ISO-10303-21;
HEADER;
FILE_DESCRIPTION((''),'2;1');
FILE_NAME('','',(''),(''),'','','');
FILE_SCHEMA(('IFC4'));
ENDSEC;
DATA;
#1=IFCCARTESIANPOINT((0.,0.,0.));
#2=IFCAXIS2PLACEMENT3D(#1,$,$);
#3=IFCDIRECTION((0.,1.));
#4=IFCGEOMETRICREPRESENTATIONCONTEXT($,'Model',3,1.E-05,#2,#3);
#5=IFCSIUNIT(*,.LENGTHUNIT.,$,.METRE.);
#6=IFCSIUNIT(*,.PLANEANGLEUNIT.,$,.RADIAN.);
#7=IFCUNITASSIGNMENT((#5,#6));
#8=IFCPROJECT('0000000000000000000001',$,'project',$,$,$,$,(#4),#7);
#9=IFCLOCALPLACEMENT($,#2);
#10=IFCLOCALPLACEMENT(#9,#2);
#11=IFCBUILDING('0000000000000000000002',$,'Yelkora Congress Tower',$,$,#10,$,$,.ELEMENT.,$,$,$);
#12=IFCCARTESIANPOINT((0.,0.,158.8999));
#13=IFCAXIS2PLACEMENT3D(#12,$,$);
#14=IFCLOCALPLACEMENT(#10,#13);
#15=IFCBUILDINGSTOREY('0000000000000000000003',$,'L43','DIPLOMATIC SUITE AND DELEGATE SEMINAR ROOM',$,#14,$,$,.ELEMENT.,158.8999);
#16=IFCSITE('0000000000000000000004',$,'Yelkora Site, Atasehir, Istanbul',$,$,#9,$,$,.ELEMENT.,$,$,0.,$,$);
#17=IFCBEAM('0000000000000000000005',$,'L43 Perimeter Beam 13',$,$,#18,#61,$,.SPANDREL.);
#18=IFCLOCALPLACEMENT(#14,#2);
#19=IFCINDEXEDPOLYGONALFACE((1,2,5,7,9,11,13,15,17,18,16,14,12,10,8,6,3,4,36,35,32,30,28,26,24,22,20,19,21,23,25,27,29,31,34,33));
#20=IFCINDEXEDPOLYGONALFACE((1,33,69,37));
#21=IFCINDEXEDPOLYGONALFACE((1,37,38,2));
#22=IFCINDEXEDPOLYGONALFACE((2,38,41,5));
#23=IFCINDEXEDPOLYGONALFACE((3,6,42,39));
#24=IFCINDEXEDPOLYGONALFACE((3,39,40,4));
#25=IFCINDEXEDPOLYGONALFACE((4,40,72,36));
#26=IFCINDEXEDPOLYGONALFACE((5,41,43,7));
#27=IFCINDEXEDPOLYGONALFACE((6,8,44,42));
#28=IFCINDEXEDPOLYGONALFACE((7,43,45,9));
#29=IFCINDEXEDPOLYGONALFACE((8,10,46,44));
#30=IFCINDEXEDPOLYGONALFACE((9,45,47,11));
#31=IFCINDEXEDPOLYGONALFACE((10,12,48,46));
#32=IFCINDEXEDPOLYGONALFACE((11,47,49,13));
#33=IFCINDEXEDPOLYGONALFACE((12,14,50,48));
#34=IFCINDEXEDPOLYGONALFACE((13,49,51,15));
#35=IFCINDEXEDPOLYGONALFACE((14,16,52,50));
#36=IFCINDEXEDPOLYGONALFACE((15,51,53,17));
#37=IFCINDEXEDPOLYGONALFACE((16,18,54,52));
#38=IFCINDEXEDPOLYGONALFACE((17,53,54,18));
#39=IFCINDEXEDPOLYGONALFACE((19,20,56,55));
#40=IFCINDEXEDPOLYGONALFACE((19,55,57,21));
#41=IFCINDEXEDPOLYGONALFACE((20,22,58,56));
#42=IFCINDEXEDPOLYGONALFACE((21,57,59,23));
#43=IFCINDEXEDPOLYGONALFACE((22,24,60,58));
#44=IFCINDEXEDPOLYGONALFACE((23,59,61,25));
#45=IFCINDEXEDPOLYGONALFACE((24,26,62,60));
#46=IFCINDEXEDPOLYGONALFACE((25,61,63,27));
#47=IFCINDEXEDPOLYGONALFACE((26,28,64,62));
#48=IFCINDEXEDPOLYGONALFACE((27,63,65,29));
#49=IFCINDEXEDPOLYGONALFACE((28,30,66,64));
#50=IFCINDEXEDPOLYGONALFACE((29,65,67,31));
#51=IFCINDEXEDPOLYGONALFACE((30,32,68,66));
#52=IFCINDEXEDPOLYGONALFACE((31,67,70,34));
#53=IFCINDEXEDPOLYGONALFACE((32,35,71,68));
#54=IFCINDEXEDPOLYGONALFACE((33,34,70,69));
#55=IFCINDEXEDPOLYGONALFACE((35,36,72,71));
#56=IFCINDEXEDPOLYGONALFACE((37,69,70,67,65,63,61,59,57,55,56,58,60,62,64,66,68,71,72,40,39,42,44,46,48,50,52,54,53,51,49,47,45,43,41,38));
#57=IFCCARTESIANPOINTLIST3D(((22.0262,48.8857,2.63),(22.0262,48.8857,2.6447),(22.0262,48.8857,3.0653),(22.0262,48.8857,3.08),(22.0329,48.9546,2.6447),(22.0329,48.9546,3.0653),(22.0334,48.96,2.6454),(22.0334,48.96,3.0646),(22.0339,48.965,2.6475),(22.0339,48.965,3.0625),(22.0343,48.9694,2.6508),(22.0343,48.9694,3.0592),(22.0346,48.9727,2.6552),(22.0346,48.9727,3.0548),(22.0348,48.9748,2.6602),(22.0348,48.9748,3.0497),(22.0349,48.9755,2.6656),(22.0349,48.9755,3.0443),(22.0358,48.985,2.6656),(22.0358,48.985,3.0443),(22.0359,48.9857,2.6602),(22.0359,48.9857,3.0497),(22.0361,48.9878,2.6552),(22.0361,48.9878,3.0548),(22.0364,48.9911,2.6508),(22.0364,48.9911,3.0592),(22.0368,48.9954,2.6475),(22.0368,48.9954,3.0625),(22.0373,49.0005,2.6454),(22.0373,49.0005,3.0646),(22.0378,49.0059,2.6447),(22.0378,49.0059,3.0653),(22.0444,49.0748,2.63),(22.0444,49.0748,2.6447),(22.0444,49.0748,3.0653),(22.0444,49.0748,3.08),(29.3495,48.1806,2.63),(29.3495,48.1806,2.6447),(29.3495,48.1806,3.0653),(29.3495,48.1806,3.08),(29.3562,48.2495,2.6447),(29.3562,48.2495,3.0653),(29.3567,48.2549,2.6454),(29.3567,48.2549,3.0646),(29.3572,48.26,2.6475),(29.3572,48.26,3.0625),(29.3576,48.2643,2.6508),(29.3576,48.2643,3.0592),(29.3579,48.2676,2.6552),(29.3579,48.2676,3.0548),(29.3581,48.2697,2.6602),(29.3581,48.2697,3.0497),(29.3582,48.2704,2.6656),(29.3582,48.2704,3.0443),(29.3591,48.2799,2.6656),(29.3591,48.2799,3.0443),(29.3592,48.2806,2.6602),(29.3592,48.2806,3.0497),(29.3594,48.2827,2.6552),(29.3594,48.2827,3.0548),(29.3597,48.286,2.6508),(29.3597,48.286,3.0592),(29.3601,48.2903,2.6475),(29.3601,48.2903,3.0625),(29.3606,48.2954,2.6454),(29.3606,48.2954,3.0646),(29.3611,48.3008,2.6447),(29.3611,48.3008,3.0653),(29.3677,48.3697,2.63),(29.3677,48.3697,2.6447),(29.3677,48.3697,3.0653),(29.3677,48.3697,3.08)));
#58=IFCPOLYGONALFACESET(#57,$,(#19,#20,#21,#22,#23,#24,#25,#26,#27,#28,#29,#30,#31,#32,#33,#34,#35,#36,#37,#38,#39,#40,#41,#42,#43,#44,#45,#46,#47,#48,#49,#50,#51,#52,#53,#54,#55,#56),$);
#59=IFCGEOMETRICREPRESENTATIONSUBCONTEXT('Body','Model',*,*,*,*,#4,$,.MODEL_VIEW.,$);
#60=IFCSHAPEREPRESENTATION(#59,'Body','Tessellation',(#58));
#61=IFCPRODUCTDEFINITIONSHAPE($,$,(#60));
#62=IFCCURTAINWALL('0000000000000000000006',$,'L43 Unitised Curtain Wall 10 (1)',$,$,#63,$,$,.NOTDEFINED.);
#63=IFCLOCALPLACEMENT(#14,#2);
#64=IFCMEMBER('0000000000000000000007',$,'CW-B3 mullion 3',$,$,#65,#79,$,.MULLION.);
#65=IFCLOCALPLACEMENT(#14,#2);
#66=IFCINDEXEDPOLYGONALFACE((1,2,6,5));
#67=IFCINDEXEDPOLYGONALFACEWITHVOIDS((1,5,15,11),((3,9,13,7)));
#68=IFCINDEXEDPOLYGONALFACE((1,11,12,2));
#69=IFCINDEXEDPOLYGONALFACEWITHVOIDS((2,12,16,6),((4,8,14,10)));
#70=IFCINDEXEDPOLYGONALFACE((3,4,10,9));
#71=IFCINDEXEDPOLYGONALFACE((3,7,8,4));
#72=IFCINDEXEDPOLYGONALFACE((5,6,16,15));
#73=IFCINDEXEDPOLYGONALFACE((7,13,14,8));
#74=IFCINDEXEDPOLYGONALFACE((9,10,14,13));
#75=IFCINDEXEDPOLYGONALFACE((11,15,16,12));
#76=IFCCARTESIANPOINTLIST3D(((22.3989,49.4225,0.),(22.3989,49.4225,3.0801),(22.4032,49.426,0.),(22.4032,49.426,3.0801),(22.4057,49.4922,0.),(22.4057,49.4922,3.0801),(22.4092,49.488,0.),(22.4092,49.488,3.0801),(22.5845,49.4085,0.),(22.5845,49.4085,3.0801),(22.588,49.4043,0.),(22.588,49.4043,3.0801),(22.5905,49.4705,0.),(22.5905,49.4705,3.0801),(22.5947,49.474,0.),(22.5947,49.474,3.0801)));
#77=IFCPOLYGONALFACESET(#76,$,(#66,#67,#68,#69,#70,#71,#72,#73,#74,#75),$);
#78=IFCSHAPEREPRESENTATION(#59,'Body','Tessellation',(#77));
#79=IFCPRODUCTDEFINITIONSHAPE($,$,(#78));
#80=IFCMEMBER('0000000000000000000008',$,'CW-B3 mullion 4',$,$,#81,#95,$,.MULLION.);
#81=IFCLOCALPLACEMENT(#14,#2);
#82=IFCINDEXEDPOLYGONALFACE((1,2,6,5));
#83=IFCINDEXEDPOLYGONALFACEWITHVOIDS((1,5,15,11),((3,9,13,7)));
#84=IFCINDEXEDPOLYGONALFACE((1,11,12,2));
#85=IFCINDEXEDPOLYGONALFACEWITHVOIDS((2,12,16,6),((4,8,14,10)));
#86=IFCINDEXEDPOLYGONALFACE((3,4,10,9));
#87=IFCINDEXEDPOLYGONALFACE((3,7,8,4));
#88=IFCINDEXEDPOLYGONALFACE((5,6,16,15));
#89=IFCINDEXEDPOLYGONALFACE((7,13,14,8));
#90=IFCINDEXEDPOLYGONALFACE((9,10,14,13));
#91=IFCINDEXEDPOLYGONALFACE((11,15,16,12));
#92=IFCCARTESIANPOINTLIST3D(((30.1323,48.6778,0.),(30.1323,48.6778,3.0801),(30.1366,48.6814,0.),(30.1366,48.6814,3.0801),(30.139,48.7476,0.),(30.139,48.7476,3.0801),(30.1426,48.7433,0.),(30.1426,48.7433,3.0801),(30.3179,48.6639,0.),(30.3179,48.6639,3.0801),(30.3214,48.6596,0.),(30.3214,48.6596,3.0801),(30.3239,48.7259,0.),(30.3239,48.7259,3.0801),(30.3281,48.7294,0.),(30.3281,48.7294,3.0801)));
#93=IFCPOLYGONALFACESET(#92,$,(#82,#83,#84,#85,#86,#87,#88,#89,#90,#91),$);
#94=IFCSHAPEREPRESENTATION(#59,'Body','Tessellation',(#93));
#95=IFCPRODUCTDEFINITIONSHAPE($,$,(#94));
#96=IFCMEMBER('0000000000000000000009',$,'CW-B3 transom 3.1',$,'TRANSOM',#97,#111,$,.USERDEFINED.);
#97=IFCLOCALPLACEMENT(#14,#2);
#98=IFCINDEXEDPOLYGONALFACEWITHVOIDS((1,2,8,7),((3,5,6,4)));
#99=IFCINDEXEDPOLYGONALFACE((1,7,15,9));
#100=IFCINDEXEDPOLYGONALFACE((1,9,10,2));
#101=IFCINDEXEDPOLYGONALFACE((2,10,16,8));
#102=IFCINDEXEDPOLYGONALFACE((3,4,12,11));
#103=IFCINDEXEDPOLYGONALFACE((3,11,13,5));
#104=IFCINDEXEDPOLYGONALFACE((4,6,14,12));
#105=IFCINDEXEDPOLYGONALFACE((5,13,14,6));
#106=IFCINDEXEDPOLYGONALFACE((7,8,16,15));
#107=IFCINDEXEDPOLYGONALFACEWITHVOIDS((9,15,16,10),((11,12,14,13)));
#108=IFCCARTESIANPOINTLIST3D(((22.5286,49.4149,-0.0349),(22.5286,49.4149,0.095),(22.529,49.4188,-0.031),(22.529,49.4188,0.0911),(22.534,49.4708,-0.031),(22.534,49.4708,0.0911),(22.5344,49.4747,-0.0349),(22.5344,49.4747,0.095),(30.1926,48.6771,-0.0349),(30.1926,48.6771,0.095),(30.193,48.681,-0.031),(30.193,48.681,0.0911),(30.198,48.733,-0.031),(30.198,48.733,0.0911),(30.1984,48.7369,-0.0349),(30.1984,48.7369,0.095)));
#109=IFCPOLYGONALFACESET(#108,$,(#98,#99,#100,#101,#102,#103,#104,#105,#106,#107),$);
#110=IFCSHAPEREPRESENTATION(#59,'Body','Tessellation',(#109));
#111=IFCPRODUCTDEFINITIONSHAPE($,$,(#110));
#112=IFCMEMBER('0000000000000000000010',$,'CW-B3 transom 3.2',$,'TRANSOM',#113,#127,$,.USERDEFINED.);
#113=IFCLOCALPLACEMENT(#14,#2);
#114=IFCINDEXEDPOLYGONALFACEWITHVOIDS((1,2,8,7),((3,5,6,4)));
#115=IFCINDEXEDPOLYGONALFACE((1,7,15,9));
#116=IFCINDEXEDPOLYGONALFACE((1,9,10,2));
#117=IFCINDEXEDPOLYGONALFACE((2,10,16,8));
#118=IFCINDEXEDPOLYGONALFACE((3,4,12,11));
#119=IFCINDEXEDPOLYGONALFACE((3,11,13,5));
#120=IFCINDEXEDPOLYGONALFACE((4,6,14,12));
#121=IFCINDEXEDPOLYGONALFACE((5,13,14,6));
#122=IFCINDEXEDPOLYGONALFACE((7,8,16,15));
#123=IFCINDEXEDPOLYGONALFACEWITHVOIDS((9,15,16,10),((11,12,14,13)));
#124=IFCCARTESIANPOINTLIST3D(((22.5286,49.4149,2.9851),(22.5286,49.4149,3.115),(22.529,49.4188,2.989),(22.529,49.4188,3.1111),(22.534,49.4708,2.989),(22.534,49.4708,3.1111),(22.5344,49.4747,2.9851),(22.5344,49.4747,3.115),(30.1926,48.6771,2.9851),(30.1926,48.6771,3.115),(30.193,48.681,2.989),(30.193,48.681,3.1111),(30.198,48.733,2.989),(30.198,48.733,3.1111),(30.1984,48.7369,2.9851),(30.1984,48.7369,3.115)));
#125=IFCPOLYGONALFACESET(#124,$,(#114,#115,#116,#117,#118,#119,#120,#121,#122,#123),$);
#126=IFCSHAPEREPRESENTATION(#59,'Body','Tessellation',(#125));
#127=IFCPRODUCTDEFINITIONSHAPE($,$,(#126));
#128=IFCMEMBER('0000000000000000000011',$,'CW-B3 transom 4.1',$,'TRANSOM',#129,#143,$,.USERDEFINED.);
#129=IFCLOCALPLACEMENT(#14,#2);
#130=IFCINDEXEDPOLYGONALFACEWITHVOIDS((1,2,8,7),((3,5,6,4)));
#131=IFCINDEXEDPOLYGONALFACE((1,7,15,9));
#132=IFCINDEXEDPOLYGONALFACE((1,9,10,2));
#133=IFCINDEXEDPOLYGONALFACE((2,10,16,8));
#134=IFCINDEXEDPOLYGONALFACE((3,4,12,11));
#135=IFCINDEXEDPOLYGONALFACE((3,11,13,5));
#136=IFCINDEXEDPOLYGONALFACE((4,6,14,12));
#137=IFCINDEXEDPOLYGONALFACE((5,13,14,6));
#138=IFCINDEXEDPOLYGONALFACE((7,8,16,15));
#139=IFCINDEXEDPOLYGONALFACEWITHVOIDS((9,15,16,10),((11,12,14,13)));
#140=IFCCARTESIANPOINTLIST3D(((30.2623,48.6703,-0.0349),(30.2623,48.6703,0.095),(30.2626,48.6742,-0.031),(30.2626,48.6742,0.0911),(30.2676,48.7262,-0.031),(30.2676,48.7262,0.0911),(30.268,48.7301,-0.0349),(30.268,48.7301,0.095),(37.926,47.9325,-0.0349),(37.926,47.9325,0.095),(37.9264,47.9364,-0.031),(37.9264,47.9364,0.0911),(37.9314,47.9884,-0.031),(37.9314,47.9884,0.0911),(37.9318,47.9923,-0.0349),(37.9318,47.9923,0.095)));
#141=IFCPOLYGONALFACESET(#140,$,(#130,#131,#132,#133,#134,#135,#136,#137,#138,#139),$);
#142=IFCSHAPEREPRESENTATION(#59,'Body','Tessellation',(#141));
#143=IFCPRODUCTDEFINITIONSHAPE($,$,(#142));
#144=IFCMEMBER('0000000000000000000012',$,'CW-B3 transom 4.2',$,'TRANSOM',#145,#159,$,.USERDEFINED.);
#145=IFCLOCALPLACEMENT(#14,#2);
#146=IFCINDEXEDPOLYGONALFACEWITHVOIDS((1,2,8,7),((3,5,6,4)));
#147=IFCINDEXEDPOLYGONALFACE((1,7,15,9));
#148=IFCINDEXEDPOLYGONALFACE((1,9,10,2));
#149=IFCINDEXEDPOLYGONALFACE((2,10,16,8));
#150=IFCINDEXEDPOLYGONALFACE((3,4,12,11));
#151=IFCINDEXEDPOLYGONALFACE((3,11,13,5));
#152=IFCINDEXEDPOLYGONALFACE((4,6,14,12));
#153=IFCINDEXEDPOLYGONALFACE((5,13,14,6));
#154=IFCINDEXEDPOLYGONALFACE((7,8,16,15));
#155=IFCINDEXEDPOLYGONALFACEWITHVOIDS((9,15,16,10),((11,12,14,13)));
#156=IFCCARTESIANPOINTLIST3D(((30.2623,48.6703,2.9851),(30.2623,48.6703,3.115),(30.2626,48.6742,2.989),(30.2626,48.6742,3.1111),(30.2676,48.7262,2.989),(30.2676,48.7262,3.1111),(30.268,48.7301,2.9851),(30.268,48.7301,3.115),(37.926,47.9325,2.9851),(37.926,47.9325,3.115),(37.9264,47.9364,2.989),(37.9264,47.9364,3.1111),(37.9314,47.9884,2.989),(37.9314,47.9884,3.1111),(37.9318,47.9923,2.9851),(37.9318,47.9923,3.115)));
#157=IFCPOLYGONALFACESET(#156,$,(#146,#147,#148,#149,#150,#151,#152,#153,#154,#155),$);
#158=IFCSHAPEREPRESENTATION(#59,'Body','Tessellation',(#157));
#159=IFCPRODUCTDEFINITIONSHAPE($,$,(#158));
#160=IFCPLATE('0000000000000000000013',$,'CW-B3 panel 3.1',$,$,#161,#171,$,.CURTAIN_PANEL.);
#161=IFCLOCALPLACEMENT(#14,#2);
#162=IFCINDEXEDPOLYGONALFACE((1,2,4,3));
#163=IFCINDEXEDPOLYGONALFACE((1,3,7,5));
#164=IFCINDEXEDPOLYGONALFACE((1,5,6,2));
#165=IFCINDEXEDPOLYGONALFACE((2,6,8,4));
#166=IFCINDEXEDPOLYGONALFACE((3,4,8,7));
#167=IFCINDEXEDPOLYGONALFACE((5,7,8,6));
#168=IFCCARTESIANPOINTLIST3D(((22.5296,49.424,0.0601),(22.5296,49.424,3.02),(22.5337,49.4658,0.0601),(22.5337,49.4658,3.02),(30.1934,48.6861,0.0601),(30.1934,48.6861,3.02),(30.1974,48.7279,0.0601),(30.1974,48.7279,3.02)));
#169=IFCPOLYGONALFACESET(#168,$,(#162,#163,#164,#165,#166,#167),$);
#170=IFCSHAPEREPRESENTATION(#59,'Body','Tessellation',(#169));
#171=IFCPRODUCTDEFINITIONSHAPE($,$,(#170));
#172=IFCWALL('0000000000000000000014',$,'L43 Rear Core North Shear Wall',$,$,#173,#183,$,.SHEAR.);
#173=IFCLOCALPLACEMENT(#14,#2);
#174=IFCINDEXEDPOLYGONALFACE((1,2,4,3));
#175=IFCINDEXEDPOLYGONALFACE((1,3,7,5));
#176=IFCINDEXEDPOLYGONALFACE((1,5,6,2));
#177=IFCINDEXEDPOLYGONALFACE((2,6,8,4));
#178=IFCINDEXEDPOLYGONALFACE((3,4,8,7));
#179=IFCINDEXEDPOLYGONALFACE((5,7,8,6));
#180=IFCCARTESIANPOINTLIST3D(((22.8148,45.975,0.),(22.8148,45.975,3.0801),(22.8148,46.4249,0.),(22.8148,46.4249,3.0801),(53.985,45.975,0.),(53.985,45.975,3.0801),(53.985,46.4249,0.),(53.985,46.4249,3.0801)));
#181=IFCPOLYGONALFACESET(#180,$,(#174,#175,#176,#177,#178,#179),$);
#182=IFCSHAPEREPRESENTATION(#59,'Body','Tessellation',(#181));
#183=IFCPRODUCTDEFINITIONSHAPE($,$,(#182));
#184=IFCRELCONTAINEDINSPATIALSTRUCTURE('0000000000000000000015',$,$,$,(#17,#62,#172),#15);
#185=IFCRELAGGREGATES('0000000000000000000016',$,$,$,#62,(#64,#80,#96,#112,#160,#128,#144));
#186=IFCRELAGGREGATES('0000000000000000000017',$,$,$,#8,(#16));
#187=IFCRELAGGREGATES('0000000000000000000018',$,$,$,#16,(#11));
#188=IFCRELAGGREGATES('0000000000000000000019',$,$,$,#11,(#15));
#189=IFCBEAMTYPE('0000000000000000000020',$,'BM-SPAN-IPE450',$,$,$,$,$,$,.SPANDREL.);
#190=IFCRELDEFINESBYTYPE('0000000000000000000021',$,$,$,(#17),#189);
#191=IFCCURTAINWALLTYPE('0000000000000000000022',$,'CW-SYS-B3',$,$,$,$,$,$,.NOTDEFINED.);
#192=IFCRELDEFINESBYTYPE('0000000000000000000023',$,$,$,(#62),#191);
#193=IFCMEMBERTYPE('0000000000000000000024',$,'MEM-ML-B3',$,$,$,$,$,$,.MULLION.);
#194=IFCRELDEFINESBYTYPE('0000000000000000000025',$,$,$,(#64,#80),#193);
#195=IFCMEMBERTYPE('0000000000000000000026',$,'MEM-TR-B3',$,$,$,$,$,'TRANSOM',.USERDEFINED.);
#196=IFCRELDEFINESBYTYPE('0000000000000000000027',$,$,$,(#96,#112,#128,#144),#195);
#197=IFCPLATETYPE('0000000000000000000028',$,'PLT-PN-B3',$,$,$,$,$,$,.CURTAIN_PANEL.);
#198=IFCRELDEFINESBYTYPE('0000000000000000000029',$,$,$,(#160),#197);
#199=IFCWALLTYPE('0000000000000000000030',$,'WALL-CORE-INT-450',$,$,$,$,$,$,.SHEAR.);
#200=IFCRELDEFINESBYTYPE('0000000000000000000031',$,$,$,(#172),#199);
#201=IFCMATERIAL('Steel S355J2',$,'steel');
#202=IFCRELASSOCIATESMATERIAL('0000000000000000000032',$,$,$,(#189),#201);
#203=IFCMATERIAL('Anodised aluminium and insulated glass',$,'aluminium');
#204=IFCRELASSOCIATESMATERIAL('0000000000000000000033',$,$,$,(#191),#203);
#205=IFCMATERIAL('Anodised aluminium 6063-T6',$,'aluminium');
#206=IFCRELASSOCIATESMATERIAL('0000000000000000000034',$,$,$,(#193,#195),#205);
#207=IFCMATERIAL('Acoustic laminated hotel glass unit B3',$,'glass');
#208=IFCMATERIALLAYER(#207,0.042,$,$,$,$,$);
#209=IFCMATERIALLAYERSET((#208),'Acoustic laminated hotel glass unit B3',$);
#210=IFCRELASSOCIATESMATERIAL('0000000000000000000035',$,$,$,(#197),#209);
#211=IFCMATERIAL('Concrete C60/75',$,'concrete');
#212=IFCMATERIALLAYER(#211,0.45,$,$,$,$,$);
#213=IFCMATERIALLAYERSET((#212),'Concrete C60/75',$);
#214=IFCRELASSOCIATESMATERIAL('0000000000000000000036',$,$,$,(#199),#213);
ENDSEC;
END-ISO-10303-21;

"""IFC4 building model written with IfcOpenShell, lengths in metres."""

from ifc_helpers import new_model, si_unit, direction, frame, frame_2d, origin, origin_2d, place, context, subcontext, project, spatial, rectangle, hollow_rectangle, i_section, extrude, material, layer, layer_set, material_profile, profile_set, type_object, element, aggregate, save


model = new_model("IFC4")

# Units and contexts
model_context = context("Model", 3, precision=1e-05, world=origin(), true_north=direction((0.0, 1.0)))
body_context = subcontext(model_context, "Body", "Model", "MODEL_VIEW")
ifc_project = project(units=[si_unit("LENGTHUNIT", "METRE"), si_unit("PLANEANGLEUNIT", "RADIAN")], contexts=[model_context])

# Site, building, storey
site_placement = place(None, origin())
site = spatial("IfcSite", under=ifc_project, at=site_placement, Name="Yelkora Site, Atasehir, Istanbul", CompositionType="ELEMENT", RefElevation=0.0)
building_placement = place(site_placement, origin())
building = spatial("IfcBuilding", under=site, at=building_placement, Name="Yelkora Congress Tower", CompositionType="ELEMENT")
storey_placement = place(building_placement, frame((0.0, 0.0, 158.8999)))
storey = spatial("IfcBuildingStorey", under=building, at=storey_placement, Name="L43", Description="DIPLOMATIC SUITE AND DELEGATE SEMINAR ROOM", CompositionType="ELEMENT", Elevation=158.8999)

# Beam
ifc_material_1 = material(Name="Steel S355J2", Category="steel")
ifc_material_profile_1 = material_profile(ifc_material_1, i_section(OverallWidth=0.1899, OverallDepth=0.45, WebThickness=0.0095, FlangeThickness=0.0146, FilletRadius=0.021, at=origin_2d()), Name="IPE 450")
ifc_profile_set_1 = profile_set([ifc_material_profile_1], Name="Steel S355J2")
beam_type_1 = type_object("IfcBeamType", Name="BM-SPAN-IPE450", PredefinedType="SPANDREL", material=ifc_profile_set_1)
beam_1_placement = place(storey_placement, frame((29.3586, 48.2751, 2.855), z_axis=(-0.995397, 0.095836, 0.0), x_axis=(-0.095836, -0.995397, 0.0)))
element("IfcBeam", 1, at=beam_1_placement, inside=storey, type_object=beam_type_1, Name="L43 Perimeter Beam 13", PredefinedType="SPANDREL", context=body_context, shape_type="SweptSolid", body=[
    extrude(i_section(OverallWidth=0.1899, OverallDepth=0.45, WebThickness=0.0095, FlangeThickness=0.0146, FilletRadius=0.021, at=origin_2d()), origin(), (0.0, 0.0, 1.0), 7.3572),
])

# Curtain wall, members, plate
ifc_material_2 = material(Name="Anodised aluminium and insulated glass", Category="aluminium")
curtain_wall_type = type_object("IfcCurtainWallType", Name="CW-SYS-B3", PredefinedType="NOTDEFINED", material=ifc_material_2)
curtain_wall_placement = place(storey_placement, origin())
curtain_wall = element("IfcCurtainWall", 2, at=curtain_wall_placement, inside=storey, type_object=curtain_wall_type, Name="L43 Unitised Curtain Wall 10 (1)", PredefinedType="NOTDEFINED")
ifc_material_3 = material(Name="Anodised aluminium 6063-T6", Category="aluminium")
ifc_material_profile_2 = material_profile(ifc_material_3, hollow_rectangle(XDim=0.0701, YDim=0.1899, WallThickness=0.0039, at=origin_2d()), Name="ALU 70x190x4")
ifc_profile_set_2 = profile_set([ifc_material_profile_2], Name="Anodised aluminium 6063-T6")
member_type_1 = type_object("IfcMemberType", Name="MEM-ML-B3", PredefinedType="MULLION", material=ifc_profile_set_2)
member_1_placement = place(storey_placement, frame((22.4968, 49.4482, 0.0), z_axis=(0.0, 0.0, 1.0), x_axis=(0.095845, 0.995396, 0.0)))
member_1 = element("IfcMember", 3, at=member_1_placement, type_object=member_type_1, Name="CW-B3 mullion 3", PredefinedType="MULLION", context=body_context, shape_type="SweptSolid", body=[
    extrude(hollow_rectangle(XDim=0.0701, YDim=0.1899, WallThickness=0.0039, at=origin_2d()), origin(), (0.0, 0.0, 1.0), 3.0801),
])
member_2_placement = place(storey_placement, frame((30.2302, 48.7036, 0.0), z_axis=(0.0, 0.0, 1.0), x_axis=(0.095845, 0.995396, 0.0)))
member_2 = element("IfcMember", 4, at=member_2_placement, type_object=member_type_1, Name="CW-B3 mullion 4", PredefinedType="MULLION", context=body_context, shape_type="SweptSolid", body=[
    extrude(hollow_rectangle(XDim=0.0701, YDim=0.1899, WallThickness=0.0039, at=origin_2d()), origin(), (0.0, 0.0, 1.0), 3.0801),
])
ifc_material_profile_3 = material_profile(ifc_material_3, hollow_rectangle(XDim=0.0601, YDim=0.1299, WallThickness=0.0039, at=origin_2d()), Name="ALU 60x130x4")
ifc_profile_set_3 = profile_set([ifc_material_profile_3], Name="Anodised aluminium 6063-T6")
member_type_2 = type_object("IfcMemberType", Name="MEM-TR-B3", ElementType="TRANSOM", PredefinedType="USERDEFINED", material=ifc_profile_set_3)
member_3_placement = place(storey_placement, frame((22.5315, 49.4448, 0.03), z_axis=(0.995398, -0.095824, 0.0), x_axis=(0.095824, 0.995398, 0.0)))
member_3 = element("IfcMember", 5, at=member_3_placement, type_object=member_type_2, Name="CW-B3 transom 3.1", ObjectType="TRANSOM", PredefinedType="USERDEFINED", context=body_context, shape_type="SweptSolid", body=[
    extrude(hollow_rectangle(XDim=0.0601, YDim=0.1299, WallThickness=0.0039, at=origin_2d()), origin(), (0.0, 0.0, 1.0), 7.6995),
])
member_4_placement = place(storey_placement, frame((22.5315, 49.4448, 3.05), z_axis=(0.995398, -0.095824, 0.0), x_axis=(0.095824, 0.995398, 0.0)))
member_4 = element("IfcMember", 6, at=member_4_placement, type_object=member_type_2, Name="CW-B3 transom 3.2", ObjectType="TRANSOM", PredefinedType="USERDEFINED", context=body_context, shape_type="SweptSolid", body=[
    extrude(hollow_rectangle(XDim=0.0601, YDim=0.1299, WallThickness=0.0039, at=origin_2d()), origin(), (0.0, 0.0, 1.0), 7.6995),
])
member_5_placement = place(storey_placement, frame((30.2651, 48.7002, 0.03), z_axis=(0.995398, -0.095827, 0.0), x_axis=(0.095827, 0.995398, 0.0)))
member_5 = element("IfcMember", 7, at=member_5_placement, type_object=member_type_2, Name="CW-B3 transom 4.1", ObjectType="TRANSOM", PredefinedType="USERDEFINED", context=body_context, shape_type="SweptSolid", body=[
    extrude(hollow_rectangle(XDim=0.0601, YDim=0.1299, WallThickness=0.0039, at=origin_2d()), origin(), (0.0, 0.0, 1.0), 7.6992),
])
member_6_placement = place(storey_placement, frame((30.2651, 48.7002, 3.05), z_axis=(0.995398, -0.095827, 0.0), x_axis=(0.095827, 0.995398, 0.0)))
member_6 = element("IfcMember", 8, at=member_6_placement, type_object=member_type_2, Name="CW-B3 transom 4.2", ObjectType="TRANSOM", PredefinedType="USERDEFINED", context=body_context, shape_type="SweptSolid", body=[
    extrude(hollow_rectangle(XDim=0.0601, YDim=0.1299, WallThickness=0.0039, at=origin_2d()), origin(), (0.0, 0.0, 1.0), 7.6992),
])
ifc_material_4 = material(Name="Acoustic laminated hotel glass unit B3", Category="glass")
ifc_layer_1 = layer(ifc_material_4, 0.042)
ifc_layer_set_1 = layer_set([ifc_layer_1], Name="Acoustic laminated hotel glass unit B3")
plate_type = type_object("IfcPlateType", Name="PLT-PN-B3", PredefinedType="CURTAIN_PANEL", material=ifc_layer_set_1)
plate_placement = place(storey_placement, frame((26.3635, 49.0759, 0.0601), z_axis=(0.0, 0.0, 1.0), x_axis=(0.995396, -0.095845, 0.0)))
plate = element("IfcPlate", 9, at=plate_placement, type_object=plate_type, Name="CW-B3 panel 3.1", PredefinedType="CURTAIN_PANEL", context=body_context, shape_type="SweptSolid", body=[
    extrude(rectangle(XDim=7.6992, YDim=0.042, at=origin_2d()), origin(), (0.0, 0.0, 1.0), 2.96),
])
aggregate(curtain_wall, [member_1, member_2, member_3, member_4, plate, member_5, member_6])

# Wall
ifc_material_5 = material(Name="Concrete C60/75", Category="concrete")
ifc_layer_2 = layer(ifc_material_5, 0.45)
ifc_layer_set_2 = layer_set([ifc_layer_2], Name="Concrete C60/75")
wall_type_1 = type_object("IfcWallType", Name="WALL-CORE-INT-450", PredefinedType="SHEAR", material=ifc_layer_set_2)
wall_1_placement = place(storey_placement, frame((22.8149, 46.2, 0.0), z_axis=(0.0, 0.0, 1.0), x_axis=(1.0, 0.0, 0.0)))
element("IfcWall", 10, at=wall_1_placement, inside=storey, type_object=wall_type_1, Name="L43 Rear Core North Shear Wall", PredefinedType="SHEAR", context=body_context, shape_type="SweptSolid", body=[
    extrude(rectangle(XDim=31.1702, YDim=0.45, at=frame_2d((15.585, 0.0))), origin(), (0.0, 0.0, 1.0), 3.0801),
])

save(model, "model.ifc")
